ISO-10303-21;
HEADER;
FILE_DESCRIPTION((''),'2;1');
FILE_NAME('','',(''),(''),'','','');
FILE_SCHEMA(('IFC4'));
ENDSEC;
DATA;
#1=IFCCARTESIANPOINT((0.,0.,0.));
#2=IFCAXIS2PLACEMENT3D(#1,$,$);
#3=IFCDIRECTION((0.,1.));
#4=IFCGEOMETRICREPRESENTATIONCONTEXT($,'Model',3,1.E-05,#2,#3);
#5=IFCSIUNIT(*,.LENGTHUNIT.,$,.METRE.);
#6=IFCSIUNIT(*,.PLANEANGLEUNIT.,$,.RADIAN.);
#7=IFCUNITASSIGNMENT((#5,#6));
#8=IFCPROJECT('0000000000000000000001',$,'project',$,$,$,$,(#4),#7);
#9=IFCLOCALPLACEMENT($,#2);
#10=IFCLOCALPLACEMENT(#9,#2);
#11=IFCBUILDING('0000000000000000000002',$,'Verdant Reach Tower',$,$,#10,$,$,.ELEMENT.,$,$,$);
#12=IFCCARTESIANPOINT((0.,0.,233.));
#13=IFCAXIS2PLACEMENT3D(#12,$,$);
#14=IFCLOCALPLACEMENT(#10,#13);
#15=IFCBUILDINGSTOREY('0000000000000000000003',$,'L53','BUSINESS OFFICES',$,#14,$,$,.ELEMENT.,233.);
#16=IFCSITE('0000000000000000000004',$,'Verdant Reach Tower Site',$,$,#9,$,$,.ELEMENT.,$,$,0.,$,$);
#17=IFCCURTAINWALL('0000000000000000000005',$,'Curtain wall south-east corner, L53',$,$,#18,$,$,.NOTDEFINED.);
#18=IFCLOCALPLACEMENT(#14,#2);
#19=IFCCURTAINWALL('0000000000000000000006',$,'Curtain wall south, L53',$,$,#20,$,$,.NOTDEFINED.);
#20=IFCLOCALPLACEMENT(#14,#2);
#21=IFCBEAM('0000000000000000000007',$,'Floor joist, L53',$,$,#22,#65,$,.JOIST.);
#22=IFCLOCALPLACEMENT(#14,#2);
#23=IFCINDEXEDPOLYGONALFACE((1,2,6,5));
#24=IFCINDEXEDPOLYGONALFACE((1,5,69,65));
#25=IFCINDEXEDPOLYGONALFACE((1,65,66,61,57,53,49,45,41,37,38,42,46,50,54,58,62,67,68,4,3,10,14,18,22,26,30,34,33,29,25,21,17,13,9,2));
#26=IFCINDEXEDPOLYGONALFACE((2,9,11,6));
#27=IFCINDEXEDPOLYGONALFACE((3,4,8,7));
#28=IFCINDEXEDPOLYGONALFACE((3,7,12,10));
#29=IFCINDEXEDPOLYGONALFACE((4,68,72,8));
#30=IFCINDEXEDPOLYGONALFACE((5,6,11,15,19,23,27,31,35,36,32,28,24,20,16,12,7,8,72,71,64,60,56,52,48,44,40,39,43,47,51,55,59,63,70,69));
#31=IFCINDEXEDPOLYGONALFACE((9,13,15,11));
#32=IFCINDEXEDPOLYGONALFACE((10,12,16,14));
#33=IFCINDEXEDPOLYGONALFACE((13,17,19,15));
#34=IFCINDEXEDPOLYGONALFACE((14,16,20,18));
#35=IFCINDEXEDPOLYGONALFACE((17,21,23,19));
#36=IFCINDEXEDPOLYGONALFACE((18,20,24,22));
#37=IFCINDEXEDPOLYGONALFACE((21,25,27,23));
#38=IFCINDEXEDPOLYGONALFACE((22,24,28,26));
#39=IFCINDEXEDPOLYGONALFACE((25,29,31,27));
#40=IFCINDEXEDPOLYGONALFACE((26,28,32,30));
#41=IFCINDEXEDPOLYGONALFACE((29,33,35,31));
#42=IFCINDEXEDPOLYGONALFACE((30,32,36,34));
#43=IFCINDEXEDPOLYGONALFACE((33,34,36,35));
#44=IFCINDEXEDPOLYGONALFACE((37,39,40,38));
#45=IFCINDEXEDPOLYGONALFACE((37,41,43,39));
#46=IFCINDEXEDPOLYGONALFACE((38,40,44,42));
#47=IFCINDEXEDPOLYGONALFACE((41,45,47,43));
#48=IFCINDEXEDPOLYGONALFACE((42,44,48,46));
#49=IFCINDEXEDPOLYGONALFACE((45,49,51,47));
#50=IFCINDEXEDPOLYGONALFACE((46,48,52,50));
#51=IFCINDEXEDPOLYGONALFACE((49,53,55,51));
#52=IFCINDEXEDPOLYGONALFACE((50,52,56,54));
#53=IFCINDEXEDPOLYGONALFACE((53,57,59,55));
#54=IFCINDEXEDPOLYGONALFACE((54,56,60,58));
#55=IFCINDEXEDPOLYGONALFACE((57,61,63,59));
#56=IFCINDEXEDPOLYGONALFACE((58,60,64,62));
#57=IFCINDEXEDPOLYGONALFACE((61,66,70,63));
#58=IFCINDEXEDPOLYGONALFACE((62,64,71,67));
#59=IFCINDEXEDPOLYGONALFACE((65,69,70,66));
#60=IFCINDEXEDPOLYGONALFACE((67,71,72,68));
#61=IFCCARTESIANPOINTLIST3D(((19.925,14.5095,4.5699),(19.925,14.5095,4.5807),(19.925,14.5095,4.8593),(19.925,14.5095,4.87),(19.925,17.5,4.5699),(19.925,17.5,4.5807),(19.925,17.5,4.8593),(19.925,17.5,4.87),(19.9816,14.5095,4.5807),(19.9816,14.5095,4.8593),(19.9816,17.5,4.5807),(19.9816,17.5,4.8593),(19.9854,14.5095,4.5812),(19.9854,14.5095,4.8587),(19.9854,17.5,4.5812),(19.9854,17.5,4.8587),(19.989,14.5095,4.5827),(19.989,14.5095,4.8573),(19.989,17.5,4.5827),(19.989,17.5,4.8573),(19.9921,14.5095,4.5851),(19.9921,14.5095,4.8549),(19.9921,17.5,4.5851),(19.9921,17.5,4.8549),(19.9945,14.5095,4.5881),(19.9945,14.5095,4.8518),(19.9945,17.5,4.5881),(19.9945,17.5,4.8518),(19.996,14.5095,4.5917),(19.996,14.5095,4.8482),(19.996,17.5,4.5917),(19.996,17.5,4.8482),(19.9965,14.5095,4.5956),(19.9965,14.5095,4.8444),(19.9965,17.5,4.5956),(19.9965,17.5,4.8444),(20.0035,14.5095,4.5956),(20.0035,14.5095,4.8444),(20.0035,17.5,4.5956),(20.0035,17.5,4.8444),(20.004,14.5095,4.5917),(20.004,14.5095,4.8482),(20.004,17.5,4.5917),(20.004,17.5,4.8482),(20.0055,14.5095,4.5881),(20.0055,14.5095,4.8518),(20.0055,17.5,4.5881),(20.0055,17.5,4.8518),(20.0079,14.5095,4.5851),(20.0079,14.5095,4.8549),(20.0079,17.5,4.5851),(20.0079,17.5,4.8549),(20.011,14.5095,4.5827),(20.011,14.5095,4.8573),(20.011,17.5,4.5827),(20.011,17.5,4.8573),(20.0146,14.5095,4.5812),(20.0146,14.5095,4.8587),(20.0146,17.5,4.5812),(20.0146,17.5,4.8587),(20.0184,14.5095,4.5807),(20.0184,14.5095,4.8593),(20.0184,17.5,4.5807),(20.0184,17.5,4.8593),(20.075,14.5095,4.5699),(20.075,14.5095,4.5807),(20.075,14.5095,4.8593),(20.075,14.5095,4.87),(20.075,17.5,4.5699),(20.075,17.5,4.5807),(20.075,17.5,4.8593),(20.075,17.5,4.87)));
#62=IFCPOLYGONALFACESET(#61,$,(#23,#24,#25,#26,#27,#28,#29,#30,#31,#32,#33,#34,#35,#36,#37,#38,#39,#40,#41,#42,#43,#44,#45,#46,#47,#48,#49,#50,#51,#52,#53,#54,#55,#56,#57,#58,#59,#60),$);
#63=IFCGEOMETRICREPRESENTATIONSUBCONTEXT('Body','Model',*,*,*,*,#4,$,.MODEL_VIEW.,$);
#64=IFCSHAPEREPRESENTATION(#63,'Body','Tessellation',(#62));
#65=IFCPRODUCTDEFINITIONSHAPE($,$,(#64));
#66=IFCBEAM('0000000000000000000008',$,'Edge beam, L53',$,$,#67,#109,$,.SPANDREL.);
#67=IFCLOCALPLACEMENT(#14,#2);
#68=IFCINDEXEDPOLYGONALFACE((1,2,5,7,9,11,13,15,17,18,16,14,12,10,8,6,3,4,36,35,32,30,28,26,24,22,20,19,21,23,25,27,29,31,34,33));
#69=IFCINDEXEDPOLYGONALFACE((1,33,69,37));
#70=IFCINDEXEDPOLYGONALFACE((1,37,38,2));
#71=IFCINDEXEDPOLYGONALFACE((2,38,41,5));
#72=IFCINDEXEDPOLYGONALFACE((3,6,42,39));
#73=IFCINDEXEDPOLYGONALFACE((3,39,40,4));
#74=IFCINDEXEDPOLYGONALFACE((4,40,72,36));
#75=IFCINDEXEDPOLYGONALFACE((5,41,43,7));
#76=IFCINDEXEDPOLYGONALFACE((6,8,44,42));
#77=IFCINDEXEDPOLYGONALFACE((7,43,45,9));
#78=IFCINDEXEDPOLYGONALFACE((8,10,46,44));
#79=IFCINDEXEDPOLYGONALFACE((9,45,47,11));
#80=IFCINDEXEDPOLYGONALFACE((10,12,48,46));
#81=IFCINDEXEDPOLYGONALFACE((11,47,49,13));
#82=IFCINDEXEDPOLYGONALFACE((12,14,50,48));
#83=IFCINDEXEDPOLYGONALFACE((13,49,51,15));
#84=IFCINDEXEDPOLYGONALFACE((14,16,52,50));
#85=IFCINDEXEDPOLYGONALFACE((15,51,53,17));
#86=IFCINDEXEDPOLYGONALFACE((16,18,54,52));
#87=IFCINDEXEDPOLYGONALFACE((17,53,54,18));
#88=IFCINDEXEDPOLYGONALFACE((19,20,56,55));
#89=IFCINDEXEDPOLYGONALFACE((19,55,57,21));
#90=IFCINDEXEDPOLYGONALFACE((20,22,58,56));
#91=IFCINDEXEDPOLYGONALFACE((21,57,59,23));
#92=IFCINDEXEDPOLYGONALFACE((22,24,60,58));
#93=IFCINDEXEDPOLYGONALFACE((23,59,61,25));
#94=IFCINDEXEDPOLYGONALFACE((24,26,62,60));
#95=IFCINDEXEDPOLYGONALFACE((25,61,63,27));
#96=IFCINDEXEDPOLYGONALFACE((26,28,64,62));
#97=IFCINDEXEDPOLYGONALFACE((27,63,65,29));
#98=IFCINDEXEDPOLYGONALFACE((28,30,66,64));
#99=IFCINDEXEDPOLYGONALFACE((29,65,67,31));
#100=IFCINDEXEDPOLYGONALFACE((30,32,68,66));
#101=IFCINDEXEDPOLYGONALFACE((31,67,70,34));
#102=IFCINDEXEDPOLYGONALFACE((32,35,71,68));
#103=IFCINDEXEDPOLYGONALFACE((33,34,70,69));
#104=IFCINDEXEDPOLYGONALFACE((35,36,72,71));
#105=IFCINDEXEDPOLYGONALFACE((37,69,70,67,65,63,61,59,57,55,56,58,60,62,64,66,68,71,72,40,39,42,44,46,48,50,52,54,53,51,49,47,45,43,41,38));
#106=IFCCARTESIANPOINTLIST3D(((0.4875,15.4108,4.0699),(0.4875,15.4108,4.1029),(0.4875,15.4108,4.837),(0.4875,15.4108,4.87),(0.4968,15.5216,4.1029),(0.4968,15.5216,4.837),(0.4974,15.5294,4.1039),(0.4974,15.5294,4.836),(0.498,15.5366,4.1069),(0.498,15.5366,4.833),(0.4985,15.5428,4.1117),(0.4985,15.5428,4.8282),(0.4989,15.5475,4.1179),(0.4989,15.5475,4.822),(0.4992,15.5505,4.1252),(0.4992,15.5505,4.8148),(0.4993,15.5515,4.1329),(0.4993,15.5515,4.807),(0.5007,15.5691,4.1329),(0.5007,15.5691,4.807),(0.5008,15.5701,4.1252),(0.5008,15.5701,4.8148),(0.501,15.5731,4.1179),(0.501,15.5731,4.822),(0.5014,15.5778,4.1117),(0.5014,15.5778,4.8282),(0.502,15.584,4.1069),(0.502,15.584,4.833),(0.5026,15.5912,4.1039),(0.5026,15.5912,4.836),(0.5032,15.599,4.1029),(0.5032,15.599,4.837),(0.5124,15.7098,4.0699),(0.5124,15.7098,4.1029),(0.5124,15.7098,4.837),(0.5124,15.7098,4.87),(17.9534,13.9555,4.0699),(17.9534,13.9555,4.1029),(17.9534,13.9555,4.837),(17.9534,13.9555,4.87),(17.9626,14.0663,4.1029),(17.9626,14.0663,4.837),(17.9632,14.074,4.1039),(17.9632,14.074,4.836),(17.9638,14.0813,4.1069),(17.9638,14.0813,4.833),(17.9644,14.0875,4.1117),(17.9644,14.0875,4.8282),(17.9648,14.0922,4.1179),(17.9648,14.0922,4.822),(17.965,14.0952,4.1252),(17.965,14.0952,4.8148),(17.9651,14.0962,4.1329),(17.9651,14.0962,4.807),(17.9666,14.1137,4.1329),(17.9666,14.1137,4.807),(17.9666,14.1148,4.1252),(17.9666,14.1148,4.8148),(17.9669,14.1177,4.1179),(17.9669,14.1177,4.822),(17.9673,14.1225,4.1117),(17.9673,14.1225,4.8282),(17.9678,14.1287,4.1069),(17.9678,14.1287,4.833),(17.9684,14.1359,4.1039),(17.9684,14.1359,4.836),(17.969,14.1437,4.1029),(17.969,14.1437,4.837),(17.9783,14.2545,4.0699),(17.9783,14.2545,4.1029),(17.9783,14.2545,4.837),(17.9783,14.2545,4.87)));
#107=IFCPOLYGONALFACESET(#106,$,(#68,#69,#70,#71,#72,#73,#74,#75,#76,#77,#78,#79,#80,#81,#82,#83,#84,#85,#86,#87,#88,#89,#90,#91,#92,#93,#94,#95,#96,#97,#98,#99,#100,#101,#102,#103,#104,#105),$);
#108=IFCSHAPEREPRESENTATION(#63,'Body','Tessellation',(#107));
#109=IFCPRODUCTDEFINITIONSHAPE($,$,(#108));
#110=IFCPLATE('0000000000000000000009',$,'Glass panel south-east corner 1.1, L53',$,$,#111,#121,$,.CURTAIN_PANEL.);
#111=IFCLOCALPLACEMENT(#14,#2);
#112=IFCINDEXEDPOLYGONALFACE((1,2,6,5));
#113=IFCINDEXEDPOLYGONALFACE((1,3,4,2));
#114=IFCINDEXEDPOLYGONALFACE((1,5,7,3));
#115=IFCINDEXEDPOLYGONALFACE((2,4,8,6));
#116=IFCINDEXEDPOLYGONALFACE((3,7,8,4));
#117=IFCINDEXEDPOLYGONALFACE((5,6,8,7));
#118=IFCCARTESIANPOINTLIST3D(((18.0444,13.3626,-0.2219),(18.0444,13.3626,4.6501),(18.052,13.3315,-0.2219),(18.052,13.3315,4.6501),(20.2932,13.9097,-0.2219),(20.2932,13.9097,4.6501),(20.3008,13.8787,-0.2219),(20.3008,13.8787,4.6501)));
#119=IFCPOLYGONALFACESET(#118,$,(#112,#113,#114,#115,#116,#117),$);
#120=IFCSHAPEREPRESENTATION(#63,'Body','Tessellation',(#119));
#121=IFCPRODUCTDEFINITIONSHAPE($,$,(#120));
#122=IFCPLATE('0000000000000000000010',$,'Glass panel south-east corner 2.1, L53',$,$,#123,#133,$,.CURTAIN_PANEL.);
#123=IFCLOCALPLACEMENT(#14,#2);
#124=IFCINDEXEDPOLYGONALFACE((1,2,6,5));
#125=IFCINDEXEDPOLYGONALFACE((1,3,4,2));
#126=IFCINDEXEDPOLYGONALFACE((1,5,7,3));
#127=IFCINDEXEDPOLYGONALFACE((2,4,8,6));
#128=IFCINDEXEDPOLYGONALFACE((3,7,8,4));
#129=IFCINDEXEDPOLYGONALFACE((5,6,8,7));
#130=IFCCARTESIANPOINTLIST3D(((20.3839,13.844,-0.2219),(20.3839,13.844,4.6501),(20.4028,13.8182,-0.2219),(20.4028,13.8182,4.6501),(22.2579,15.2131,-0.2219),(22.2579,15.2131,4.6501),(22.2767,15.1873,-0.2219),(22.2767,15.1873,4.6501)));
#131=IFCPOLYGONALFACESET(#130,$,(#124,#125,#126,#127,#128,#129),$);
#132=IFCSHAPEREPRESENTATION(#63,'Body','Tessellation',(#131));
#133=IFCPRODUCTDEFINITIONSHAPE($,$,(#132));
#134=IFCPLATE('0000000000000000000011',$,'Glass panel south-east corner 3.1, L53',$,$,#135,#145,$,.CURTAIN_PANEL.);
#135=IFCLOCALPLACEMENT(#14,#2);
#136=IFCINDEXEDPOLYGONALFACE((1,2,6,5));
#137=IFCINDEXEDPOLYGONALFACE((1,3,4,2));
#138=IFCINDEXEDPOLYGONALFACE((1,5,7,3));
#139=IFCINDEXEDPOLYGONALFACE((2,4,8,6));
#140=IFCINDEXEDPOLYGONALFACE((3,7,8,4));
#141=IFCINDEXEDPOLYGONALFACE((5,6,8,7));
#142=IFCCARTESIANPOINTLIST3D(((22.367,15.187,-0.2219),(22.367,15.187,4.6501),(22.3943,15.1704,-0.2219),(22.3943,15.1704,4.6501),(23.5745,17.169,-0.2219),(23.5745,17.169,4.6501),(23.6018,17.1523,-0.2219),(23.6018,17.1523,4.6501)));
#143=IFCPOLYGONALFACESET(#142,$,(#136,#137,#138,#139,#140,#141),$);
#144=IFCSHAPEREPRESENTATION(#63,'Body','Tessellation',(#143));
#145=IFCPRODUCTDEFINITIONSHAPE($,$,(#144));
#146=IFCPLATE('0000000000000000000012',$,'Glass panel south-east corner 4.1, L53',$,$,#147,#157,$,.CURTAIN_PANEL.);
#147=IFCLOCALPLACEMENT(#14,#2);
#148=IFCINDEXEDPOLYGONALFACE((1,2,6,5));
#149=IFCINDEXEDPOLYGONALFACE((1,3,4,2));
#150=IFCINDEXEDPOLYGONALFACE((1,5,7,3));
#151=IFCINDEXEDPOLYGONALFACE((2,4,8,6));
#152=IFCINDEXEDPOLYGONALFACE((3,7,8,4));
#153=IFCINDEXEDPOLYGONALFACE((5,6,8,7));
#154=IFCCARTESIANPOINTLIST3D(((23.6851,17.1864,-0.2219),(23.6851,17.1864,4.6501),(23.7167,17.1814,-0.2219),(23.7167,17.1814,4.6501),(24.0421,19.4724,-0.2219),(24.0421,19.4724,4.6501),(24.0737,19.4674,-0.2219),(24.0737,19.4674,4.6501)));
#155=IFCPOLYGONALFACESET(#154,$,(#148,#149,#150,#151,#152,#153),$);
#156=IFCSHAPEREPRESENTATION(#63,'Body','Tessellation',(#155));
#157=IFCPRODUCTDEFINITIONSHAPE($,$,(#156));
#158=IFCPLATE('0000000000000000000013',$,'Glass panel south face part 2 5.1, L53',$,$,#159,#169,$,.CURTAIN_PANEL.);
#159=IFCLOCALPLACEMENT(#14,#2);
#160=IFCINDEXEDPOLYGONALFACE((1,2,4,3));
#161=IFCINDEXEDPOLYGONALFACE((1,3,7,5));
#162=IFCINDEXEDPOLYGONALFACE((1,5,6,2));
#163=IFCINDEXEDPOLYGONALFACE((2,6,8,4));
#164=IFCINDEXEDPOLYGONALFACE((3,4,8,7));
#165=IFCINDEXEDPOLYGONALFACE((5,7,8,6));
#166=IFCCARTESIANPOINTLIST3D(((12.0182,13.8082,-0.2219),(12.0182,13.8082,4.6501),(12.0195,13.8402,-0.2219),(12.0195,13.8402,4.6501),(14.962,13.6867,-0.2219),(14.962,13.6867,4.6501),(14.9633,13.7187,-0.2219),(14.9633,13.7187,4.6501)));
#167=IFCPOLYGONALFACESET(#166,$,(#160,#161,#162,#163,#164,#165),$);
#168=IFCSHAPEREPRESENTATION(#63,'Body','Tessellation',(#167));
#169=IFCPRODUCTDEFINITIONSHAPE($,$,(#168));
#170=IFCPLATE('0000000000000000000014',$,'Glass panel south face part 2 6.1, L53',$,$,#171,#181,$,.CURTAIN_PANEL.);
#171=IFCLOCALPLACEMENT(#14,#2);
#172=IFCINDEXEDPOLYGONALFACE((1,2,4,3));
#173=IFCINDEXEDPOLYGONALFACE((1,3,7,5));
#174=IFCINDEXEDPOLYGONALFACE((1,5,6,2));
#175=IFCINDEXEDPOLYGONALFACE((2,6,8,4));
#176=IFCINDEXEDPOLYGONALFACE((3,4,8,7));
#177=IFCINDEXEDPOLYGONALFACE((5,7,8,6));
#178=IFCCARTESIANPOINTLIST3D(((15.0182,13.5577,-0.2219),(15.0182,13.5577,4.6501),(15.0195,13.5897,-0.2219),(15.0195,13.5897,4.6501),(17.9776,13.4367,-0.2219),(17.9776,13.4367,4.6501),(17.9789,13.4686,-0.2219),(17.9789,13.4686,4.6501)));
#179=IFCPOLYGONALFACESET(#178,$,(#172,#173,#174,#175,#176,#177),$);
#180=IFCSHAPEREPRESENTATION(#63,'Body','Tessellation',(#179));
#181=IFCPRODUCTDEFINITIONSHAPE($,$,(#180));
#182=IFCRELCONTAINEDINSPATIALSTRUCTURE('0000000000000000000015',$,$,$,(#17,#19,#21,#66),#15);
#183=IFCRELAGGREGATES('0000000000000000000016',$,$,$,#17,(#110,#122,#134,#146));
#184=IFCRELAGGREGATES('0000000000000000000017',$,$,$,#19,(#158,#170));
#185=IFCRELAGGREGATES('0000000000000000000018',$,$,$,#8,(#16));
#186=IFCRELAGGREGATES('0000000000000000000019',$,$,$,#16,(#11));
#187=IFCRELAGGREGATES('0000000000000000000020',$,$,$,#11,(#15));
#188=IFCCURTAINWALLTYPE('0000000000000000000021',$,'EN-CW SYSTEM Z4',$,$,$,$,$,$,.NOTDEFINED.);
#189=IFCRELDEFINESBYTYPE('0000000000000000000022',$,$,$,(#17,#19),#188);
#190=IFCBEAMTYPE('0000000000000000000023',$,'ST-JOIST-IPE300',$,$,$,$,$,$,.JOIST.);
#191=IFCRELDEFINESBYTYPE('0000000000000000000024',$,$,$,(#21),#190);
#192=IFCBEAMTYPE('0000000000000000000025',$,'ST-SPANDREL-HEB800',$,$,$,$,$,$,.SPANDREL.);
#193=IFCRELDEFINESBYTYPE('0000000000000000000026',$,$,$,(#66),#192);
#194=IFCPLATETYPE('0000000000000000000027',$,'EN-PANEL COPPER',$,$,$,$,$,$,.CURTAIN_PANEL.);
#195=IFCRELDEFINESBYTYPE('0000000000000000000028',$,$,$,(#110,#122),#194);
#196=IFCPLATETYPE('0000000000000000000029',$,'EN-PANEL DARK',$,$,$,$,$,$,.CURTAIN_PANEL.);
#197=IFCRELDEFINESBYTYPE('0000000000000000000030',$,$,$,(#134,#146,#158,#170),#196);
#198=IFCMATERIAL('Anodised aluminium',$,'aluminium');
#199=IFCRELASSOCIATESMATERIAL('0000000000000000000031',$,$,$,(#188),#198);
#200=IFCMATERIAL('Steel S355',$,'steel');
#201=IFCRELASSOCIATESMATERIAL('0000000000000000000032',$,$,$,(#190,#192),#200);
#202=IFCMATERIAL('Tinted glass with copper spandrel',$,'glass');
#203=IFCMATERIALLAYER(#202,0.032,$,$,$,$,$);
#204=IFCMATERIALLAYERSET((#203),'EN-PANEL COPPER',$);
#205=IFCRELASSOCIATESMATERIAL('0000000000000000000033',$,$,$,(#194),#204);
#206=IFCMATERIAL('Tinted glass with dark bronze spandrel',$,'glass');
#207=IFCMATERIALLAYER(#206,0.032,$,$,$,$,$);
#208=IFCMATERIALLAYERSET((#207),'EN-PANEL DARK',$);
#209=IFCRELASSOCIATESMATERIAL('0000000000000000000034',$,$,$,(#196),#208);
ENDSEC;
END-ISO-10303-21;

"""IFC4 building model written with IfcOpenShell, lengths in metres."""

from ifc_helpers import new_model, si_unit, direction, frame, origin, origin_2d, place, context, subcontext, project, spatial, rectangle, i_section, extrude, material, layer, layer_set, material_profile, profile_set, type_object, element, aggregate, save


model = new_model("IFC4")

# Units and contexts
model_context = context("Model", 3, precision=1e-05, world=origin(), true_north=direction((0.0, 1.0)))
body_context = subcontext(model_context, "Body", "Model", "MODEL_VIEW")
ifc_project = project(units=[si_unit("LENGTHUNIT", "METRE"), si_unit("PLANEANGLEUNIT", "RADIAN")], contexts=[model_context])

# Site, building, storey
site_placement = place(None, origin())
site = spatial("IfcSite", under=ifc_project, at=site_placement, Name="Verdant Reach Tower Site", CompositionType="ELEMENT", RefElevation=0.0)
building_placement = place(site_placement, origin())
building = spatial("IfcBuilding", under=site, at=building_placement, Name="Verdant Reach Tower", CompositionType="ELEMENT")
storey_placement = place(building_placement, frame((0.0, 0.0, 233.0)))
storey = spatial("IfcBuildingStorey", under=building, at=storey_placement, Name="L53", Description="BUSINESS OFFICES", CompositionType="ELEMENT", Elevation=233.0)

# Curtain walls
ifc_material_1 = material(Name="Anodised aluminium", Category="aluminium")
curtain_wall_type = type_object("IfcCurtainWallType", Name="EN-CW SYSTEM Z4", PredefinedType="NOTDEFINED", material=ifc_material_1)
curtain_wall_1_placement = place(storey_placement, origin())
curtain_wall_1 = element("IfcCurtainWall", 1, at=curtain_wall_1_placement, inside=storey, type_object=curtain_wall_type, Name="Curtain wall south-east corner, L53", PredefinedType="NOTDEFINED")
curtain_wall_2_placement = place(storey_placement, origin())
curtain_wall_2 = element("IfcCurtainWall", 2, at=curtain_wall_2_placement, inside=storey, type_object=curtain_wall_type, Name="Curtain wall south, L53", PredefinedType="NOTDEFINED")

# Beams
ifc_material_2 = material(Name="Steel S355", Category="steel")
ifc_material_profile_1 = material_profile(ifc_material_2, i_section(OverallWidth=0.1499, OverallDepth=0.3, WebThickness=0.0071, FlangeThickness=0.0107, FilletRadius=0.0149, at=origin_2d()), Name="IPE 300")
ifc_profile_set_1 = profile_set([ifc_material_profile_1], Name="Steel S355")
beam_type_1 = type_object("IfcBeamType", Name="ST-JOIST-IPE300", PredefinedType="JOIST", material=ifc_profile_set_1)
beam_1_placement = place(storey_placement, frame((20.0, 17.5, 4.72), z_axis=(0.0, -1.0, 0.0), x_axis=(1.0, 0.0, 0.0)))
element("IfcBeam", 3, at=beam_1_placement, inside=storey, type_object=beam_type_1, Name="Floor joist, L53", PredefinedType="JOIST", context=body_context, shape_type="SweptSolid", body=[
    extrude(i_section(OverallWidth=0.1499, OverallDepth=0.3, WebThickness=0.0071, FlangeThickness=0.0107, FilletRadius=0.0149, at=origin_2d()), origin(), (0.0, 0.0, 1.0), 2.9905),
])
ifc_material_profile_2 = material_profile(ifc_material_2, i_section(OverallWidth=0.3, OverallDepth=0.8, WebThickness=0.0176, FlangeThickness=0.033, FilletRadius=0.03, at=origin_2d()), Name="HEB 800")
ifc_profile_set_2 = profile_set([ifc_material_profile_2], Name="Steel S355")
beam_type_2 = type_object("IfcBeamType", Name="ST-SPANDREL-HEB800", PredefinedType="SPANDREL", material=ifc_profile_set_2)
beam_2_placement = place(storey_placement, frame((17.9658, 14.105, 4.47), z_axis=(-0.996547, 0.083036, 0.0), x_axis=(-0.083036, -0.996547, 0.0)))
element("IfcBeam", 4, at=beam_2_placement, inside=storey, type_object=beam_type_2, Name="Edge beam, L53", PredefinedType="SPANDREL", context=body_context, shape_type="SweptSolid", body=[
    extrude(i_section(OverallWidth=0.3, OverallDepth=0.8, WebThickness=0.0176, FlangeThickness=0.033, FilletRadius=0.03, at=origin_2d()), origin(), (0.0, 0.0, 1.0), 17.5264),
])

# Plates
ifc_material_3 = material(Name="Tinted glass with copper spandrel", Category="glass")
ifc_layer_1 = layer(ifc_material_3, 0.032)
ifc_layer_set_1 = layer_set([ifc_layer_1], Name="EN-PANEL COPPER")
plate_type_1 = type_object("IfcPlateType", Name="EN-PANEL COPPER", PredefinedType="CURTAIN_PANEL", material=ifc_layer_set_1)
plate_1_placement = place(storey_placement, frame((19.1726, 13.6206, -0.2219), z_axis=(0.0, 0.0, 1.0), x_axis=(0.971652, 0.236414, 0.0)))
plate_1 = element("IfcPlate", 5, at=plate_1_placement, type_object=plate_type_1, Name="Glass panel south-east corner 1.1, L53", PredefinedType="CURTAIN_PANEL", context=body_context, shape_type="SweptSolid", body=[
    extrude(rectangle(XDim=2.3145, YDim=0.032, at=origin_2d()), origin(), (0.0, 0.0, 1.0), 4.8721),
])
plate_2_placement = place(storey_placement, frame((21.3303, 14.5156, -0.2219), z_axis=(0.0, 0.0, 1.0), x_axis=(0.807457, 0.589927, 0.0)))
plate_2 = element("IfcPlate", 6, at=plate_2_placement, type_object=plate_type_1, Name="Glass panel south-east corner 2.1, L53", PredefinedType="CURTAIN_PANEL", context=body_context, shape_type="SweptSolid", body=[
    extrude(rectangle(XDim=2.3208, YDim=0.032, at=origin_2d()), origin(), (0.0, 0.0, 1.0), 4.8721),
])
ifc_material_4 = material(Name="Tinted glass with dark bronze spandrel", Category="glass")
ifc_layer_2 = layer(ifc_material_4, 0.032)
ifc_layer_set_2 = layer_set([ifc_layer_2], Name="EN-PANEL DARK")
plate_type_2 = type_object("IfcPlateType", Name="EN-PANEL DARK", PredefinedType="CURTAIN_PANEL", material=ifc_layer_set_2)
plate_3_placement = place(storey_placement, frame((22.9844, 16.1697, -0.2219), z_axis=(0.0, 0.0, 1.0), x_axis=(0.520292, 0.853989, 0.0)))
plate_3 = element("IfcPlate", 7, at=plate_3_placement, type_object=plate_type_2, Name="Glass panel south-east corner 3.1, L53", PredefinedType="CURTAIN_PANEL", context=body_context, shape_type="SweptSolid", body=[
    extrude(rectangle(XDim=2.3208, YDim=0.032, at=origin_2d()), origin(), (0.0, 0.0, 1.0), 4.8721),
])
plate_4_placement = place(storey_placement, frame((23.8794, 18.3269, -0.2219), z_axis=(0.0, 0.0, 1.0), x_axis=(0.154325, 0.98802, 0.0)))
plate_4 = element("IfcPlate", 8, at=plate_4_placement, type_object=plate_type_2, Name="Glass panel south-east corner 4.1, L53", PredefinedType="CURTAIN_PANEL", context=body_context, shape_type="SweptSolid", body=[
    extrude(rectangle(XDim=2.3137, YDim=0.032, at=origin_2d()), origin(), (0.0, 0.0, 1.0), 4.8721),
])
aggregate(curtain_wall_1, [plate_1, plate_2, plate_3, plate_4])
plate_5_placement = place(storey_placement, frame((13.4907, 13.7634, -0.2219), z_axis=(0.0, 0.0, 1.0), x_axis=(0.999149, -0.041242, 0.0)))
plate_5 = element("IfcPlate", 9, at=plate_5_placement, type_object=plate_type_2, Name="Glass panel south face part 2 5.1, L53", PredefinedType="CURTAIN_PANEL", context=body_context, shape_type="SweptSolid", body=[
    extrude(rectangle(XDim=2.9463, YDim=0.032, at=origin_2d()), origin(), (0.0, 0.0, 1.0), 4.8721),
])
plate_6_placement = place(storey_placement, frame((16.4985, 13.5132, -0.2219), z_axis=(0.0, 0.0, 1.0), x_axis=(0.999164, -0.040881, 0.0)))
plate_6 = element("IfcPlate", 10, at=plate_6_placement, type_object=plate_type_2, Name="Glass panel south face part 2 6.1, L53", PredefinedType="CURTAIN_PANEL", context=body_context, shape_type="SweptSolid", body=[
    extrude(rectangle(XDim=2.9619, YDim=0.032, at=origin_2d()), origin(), (0.0, 0.0, 1.0), 4.8721),
])
aggregate(curtain_wall_2, [plate_5, plate_6])

save(model, "model.ifc")
